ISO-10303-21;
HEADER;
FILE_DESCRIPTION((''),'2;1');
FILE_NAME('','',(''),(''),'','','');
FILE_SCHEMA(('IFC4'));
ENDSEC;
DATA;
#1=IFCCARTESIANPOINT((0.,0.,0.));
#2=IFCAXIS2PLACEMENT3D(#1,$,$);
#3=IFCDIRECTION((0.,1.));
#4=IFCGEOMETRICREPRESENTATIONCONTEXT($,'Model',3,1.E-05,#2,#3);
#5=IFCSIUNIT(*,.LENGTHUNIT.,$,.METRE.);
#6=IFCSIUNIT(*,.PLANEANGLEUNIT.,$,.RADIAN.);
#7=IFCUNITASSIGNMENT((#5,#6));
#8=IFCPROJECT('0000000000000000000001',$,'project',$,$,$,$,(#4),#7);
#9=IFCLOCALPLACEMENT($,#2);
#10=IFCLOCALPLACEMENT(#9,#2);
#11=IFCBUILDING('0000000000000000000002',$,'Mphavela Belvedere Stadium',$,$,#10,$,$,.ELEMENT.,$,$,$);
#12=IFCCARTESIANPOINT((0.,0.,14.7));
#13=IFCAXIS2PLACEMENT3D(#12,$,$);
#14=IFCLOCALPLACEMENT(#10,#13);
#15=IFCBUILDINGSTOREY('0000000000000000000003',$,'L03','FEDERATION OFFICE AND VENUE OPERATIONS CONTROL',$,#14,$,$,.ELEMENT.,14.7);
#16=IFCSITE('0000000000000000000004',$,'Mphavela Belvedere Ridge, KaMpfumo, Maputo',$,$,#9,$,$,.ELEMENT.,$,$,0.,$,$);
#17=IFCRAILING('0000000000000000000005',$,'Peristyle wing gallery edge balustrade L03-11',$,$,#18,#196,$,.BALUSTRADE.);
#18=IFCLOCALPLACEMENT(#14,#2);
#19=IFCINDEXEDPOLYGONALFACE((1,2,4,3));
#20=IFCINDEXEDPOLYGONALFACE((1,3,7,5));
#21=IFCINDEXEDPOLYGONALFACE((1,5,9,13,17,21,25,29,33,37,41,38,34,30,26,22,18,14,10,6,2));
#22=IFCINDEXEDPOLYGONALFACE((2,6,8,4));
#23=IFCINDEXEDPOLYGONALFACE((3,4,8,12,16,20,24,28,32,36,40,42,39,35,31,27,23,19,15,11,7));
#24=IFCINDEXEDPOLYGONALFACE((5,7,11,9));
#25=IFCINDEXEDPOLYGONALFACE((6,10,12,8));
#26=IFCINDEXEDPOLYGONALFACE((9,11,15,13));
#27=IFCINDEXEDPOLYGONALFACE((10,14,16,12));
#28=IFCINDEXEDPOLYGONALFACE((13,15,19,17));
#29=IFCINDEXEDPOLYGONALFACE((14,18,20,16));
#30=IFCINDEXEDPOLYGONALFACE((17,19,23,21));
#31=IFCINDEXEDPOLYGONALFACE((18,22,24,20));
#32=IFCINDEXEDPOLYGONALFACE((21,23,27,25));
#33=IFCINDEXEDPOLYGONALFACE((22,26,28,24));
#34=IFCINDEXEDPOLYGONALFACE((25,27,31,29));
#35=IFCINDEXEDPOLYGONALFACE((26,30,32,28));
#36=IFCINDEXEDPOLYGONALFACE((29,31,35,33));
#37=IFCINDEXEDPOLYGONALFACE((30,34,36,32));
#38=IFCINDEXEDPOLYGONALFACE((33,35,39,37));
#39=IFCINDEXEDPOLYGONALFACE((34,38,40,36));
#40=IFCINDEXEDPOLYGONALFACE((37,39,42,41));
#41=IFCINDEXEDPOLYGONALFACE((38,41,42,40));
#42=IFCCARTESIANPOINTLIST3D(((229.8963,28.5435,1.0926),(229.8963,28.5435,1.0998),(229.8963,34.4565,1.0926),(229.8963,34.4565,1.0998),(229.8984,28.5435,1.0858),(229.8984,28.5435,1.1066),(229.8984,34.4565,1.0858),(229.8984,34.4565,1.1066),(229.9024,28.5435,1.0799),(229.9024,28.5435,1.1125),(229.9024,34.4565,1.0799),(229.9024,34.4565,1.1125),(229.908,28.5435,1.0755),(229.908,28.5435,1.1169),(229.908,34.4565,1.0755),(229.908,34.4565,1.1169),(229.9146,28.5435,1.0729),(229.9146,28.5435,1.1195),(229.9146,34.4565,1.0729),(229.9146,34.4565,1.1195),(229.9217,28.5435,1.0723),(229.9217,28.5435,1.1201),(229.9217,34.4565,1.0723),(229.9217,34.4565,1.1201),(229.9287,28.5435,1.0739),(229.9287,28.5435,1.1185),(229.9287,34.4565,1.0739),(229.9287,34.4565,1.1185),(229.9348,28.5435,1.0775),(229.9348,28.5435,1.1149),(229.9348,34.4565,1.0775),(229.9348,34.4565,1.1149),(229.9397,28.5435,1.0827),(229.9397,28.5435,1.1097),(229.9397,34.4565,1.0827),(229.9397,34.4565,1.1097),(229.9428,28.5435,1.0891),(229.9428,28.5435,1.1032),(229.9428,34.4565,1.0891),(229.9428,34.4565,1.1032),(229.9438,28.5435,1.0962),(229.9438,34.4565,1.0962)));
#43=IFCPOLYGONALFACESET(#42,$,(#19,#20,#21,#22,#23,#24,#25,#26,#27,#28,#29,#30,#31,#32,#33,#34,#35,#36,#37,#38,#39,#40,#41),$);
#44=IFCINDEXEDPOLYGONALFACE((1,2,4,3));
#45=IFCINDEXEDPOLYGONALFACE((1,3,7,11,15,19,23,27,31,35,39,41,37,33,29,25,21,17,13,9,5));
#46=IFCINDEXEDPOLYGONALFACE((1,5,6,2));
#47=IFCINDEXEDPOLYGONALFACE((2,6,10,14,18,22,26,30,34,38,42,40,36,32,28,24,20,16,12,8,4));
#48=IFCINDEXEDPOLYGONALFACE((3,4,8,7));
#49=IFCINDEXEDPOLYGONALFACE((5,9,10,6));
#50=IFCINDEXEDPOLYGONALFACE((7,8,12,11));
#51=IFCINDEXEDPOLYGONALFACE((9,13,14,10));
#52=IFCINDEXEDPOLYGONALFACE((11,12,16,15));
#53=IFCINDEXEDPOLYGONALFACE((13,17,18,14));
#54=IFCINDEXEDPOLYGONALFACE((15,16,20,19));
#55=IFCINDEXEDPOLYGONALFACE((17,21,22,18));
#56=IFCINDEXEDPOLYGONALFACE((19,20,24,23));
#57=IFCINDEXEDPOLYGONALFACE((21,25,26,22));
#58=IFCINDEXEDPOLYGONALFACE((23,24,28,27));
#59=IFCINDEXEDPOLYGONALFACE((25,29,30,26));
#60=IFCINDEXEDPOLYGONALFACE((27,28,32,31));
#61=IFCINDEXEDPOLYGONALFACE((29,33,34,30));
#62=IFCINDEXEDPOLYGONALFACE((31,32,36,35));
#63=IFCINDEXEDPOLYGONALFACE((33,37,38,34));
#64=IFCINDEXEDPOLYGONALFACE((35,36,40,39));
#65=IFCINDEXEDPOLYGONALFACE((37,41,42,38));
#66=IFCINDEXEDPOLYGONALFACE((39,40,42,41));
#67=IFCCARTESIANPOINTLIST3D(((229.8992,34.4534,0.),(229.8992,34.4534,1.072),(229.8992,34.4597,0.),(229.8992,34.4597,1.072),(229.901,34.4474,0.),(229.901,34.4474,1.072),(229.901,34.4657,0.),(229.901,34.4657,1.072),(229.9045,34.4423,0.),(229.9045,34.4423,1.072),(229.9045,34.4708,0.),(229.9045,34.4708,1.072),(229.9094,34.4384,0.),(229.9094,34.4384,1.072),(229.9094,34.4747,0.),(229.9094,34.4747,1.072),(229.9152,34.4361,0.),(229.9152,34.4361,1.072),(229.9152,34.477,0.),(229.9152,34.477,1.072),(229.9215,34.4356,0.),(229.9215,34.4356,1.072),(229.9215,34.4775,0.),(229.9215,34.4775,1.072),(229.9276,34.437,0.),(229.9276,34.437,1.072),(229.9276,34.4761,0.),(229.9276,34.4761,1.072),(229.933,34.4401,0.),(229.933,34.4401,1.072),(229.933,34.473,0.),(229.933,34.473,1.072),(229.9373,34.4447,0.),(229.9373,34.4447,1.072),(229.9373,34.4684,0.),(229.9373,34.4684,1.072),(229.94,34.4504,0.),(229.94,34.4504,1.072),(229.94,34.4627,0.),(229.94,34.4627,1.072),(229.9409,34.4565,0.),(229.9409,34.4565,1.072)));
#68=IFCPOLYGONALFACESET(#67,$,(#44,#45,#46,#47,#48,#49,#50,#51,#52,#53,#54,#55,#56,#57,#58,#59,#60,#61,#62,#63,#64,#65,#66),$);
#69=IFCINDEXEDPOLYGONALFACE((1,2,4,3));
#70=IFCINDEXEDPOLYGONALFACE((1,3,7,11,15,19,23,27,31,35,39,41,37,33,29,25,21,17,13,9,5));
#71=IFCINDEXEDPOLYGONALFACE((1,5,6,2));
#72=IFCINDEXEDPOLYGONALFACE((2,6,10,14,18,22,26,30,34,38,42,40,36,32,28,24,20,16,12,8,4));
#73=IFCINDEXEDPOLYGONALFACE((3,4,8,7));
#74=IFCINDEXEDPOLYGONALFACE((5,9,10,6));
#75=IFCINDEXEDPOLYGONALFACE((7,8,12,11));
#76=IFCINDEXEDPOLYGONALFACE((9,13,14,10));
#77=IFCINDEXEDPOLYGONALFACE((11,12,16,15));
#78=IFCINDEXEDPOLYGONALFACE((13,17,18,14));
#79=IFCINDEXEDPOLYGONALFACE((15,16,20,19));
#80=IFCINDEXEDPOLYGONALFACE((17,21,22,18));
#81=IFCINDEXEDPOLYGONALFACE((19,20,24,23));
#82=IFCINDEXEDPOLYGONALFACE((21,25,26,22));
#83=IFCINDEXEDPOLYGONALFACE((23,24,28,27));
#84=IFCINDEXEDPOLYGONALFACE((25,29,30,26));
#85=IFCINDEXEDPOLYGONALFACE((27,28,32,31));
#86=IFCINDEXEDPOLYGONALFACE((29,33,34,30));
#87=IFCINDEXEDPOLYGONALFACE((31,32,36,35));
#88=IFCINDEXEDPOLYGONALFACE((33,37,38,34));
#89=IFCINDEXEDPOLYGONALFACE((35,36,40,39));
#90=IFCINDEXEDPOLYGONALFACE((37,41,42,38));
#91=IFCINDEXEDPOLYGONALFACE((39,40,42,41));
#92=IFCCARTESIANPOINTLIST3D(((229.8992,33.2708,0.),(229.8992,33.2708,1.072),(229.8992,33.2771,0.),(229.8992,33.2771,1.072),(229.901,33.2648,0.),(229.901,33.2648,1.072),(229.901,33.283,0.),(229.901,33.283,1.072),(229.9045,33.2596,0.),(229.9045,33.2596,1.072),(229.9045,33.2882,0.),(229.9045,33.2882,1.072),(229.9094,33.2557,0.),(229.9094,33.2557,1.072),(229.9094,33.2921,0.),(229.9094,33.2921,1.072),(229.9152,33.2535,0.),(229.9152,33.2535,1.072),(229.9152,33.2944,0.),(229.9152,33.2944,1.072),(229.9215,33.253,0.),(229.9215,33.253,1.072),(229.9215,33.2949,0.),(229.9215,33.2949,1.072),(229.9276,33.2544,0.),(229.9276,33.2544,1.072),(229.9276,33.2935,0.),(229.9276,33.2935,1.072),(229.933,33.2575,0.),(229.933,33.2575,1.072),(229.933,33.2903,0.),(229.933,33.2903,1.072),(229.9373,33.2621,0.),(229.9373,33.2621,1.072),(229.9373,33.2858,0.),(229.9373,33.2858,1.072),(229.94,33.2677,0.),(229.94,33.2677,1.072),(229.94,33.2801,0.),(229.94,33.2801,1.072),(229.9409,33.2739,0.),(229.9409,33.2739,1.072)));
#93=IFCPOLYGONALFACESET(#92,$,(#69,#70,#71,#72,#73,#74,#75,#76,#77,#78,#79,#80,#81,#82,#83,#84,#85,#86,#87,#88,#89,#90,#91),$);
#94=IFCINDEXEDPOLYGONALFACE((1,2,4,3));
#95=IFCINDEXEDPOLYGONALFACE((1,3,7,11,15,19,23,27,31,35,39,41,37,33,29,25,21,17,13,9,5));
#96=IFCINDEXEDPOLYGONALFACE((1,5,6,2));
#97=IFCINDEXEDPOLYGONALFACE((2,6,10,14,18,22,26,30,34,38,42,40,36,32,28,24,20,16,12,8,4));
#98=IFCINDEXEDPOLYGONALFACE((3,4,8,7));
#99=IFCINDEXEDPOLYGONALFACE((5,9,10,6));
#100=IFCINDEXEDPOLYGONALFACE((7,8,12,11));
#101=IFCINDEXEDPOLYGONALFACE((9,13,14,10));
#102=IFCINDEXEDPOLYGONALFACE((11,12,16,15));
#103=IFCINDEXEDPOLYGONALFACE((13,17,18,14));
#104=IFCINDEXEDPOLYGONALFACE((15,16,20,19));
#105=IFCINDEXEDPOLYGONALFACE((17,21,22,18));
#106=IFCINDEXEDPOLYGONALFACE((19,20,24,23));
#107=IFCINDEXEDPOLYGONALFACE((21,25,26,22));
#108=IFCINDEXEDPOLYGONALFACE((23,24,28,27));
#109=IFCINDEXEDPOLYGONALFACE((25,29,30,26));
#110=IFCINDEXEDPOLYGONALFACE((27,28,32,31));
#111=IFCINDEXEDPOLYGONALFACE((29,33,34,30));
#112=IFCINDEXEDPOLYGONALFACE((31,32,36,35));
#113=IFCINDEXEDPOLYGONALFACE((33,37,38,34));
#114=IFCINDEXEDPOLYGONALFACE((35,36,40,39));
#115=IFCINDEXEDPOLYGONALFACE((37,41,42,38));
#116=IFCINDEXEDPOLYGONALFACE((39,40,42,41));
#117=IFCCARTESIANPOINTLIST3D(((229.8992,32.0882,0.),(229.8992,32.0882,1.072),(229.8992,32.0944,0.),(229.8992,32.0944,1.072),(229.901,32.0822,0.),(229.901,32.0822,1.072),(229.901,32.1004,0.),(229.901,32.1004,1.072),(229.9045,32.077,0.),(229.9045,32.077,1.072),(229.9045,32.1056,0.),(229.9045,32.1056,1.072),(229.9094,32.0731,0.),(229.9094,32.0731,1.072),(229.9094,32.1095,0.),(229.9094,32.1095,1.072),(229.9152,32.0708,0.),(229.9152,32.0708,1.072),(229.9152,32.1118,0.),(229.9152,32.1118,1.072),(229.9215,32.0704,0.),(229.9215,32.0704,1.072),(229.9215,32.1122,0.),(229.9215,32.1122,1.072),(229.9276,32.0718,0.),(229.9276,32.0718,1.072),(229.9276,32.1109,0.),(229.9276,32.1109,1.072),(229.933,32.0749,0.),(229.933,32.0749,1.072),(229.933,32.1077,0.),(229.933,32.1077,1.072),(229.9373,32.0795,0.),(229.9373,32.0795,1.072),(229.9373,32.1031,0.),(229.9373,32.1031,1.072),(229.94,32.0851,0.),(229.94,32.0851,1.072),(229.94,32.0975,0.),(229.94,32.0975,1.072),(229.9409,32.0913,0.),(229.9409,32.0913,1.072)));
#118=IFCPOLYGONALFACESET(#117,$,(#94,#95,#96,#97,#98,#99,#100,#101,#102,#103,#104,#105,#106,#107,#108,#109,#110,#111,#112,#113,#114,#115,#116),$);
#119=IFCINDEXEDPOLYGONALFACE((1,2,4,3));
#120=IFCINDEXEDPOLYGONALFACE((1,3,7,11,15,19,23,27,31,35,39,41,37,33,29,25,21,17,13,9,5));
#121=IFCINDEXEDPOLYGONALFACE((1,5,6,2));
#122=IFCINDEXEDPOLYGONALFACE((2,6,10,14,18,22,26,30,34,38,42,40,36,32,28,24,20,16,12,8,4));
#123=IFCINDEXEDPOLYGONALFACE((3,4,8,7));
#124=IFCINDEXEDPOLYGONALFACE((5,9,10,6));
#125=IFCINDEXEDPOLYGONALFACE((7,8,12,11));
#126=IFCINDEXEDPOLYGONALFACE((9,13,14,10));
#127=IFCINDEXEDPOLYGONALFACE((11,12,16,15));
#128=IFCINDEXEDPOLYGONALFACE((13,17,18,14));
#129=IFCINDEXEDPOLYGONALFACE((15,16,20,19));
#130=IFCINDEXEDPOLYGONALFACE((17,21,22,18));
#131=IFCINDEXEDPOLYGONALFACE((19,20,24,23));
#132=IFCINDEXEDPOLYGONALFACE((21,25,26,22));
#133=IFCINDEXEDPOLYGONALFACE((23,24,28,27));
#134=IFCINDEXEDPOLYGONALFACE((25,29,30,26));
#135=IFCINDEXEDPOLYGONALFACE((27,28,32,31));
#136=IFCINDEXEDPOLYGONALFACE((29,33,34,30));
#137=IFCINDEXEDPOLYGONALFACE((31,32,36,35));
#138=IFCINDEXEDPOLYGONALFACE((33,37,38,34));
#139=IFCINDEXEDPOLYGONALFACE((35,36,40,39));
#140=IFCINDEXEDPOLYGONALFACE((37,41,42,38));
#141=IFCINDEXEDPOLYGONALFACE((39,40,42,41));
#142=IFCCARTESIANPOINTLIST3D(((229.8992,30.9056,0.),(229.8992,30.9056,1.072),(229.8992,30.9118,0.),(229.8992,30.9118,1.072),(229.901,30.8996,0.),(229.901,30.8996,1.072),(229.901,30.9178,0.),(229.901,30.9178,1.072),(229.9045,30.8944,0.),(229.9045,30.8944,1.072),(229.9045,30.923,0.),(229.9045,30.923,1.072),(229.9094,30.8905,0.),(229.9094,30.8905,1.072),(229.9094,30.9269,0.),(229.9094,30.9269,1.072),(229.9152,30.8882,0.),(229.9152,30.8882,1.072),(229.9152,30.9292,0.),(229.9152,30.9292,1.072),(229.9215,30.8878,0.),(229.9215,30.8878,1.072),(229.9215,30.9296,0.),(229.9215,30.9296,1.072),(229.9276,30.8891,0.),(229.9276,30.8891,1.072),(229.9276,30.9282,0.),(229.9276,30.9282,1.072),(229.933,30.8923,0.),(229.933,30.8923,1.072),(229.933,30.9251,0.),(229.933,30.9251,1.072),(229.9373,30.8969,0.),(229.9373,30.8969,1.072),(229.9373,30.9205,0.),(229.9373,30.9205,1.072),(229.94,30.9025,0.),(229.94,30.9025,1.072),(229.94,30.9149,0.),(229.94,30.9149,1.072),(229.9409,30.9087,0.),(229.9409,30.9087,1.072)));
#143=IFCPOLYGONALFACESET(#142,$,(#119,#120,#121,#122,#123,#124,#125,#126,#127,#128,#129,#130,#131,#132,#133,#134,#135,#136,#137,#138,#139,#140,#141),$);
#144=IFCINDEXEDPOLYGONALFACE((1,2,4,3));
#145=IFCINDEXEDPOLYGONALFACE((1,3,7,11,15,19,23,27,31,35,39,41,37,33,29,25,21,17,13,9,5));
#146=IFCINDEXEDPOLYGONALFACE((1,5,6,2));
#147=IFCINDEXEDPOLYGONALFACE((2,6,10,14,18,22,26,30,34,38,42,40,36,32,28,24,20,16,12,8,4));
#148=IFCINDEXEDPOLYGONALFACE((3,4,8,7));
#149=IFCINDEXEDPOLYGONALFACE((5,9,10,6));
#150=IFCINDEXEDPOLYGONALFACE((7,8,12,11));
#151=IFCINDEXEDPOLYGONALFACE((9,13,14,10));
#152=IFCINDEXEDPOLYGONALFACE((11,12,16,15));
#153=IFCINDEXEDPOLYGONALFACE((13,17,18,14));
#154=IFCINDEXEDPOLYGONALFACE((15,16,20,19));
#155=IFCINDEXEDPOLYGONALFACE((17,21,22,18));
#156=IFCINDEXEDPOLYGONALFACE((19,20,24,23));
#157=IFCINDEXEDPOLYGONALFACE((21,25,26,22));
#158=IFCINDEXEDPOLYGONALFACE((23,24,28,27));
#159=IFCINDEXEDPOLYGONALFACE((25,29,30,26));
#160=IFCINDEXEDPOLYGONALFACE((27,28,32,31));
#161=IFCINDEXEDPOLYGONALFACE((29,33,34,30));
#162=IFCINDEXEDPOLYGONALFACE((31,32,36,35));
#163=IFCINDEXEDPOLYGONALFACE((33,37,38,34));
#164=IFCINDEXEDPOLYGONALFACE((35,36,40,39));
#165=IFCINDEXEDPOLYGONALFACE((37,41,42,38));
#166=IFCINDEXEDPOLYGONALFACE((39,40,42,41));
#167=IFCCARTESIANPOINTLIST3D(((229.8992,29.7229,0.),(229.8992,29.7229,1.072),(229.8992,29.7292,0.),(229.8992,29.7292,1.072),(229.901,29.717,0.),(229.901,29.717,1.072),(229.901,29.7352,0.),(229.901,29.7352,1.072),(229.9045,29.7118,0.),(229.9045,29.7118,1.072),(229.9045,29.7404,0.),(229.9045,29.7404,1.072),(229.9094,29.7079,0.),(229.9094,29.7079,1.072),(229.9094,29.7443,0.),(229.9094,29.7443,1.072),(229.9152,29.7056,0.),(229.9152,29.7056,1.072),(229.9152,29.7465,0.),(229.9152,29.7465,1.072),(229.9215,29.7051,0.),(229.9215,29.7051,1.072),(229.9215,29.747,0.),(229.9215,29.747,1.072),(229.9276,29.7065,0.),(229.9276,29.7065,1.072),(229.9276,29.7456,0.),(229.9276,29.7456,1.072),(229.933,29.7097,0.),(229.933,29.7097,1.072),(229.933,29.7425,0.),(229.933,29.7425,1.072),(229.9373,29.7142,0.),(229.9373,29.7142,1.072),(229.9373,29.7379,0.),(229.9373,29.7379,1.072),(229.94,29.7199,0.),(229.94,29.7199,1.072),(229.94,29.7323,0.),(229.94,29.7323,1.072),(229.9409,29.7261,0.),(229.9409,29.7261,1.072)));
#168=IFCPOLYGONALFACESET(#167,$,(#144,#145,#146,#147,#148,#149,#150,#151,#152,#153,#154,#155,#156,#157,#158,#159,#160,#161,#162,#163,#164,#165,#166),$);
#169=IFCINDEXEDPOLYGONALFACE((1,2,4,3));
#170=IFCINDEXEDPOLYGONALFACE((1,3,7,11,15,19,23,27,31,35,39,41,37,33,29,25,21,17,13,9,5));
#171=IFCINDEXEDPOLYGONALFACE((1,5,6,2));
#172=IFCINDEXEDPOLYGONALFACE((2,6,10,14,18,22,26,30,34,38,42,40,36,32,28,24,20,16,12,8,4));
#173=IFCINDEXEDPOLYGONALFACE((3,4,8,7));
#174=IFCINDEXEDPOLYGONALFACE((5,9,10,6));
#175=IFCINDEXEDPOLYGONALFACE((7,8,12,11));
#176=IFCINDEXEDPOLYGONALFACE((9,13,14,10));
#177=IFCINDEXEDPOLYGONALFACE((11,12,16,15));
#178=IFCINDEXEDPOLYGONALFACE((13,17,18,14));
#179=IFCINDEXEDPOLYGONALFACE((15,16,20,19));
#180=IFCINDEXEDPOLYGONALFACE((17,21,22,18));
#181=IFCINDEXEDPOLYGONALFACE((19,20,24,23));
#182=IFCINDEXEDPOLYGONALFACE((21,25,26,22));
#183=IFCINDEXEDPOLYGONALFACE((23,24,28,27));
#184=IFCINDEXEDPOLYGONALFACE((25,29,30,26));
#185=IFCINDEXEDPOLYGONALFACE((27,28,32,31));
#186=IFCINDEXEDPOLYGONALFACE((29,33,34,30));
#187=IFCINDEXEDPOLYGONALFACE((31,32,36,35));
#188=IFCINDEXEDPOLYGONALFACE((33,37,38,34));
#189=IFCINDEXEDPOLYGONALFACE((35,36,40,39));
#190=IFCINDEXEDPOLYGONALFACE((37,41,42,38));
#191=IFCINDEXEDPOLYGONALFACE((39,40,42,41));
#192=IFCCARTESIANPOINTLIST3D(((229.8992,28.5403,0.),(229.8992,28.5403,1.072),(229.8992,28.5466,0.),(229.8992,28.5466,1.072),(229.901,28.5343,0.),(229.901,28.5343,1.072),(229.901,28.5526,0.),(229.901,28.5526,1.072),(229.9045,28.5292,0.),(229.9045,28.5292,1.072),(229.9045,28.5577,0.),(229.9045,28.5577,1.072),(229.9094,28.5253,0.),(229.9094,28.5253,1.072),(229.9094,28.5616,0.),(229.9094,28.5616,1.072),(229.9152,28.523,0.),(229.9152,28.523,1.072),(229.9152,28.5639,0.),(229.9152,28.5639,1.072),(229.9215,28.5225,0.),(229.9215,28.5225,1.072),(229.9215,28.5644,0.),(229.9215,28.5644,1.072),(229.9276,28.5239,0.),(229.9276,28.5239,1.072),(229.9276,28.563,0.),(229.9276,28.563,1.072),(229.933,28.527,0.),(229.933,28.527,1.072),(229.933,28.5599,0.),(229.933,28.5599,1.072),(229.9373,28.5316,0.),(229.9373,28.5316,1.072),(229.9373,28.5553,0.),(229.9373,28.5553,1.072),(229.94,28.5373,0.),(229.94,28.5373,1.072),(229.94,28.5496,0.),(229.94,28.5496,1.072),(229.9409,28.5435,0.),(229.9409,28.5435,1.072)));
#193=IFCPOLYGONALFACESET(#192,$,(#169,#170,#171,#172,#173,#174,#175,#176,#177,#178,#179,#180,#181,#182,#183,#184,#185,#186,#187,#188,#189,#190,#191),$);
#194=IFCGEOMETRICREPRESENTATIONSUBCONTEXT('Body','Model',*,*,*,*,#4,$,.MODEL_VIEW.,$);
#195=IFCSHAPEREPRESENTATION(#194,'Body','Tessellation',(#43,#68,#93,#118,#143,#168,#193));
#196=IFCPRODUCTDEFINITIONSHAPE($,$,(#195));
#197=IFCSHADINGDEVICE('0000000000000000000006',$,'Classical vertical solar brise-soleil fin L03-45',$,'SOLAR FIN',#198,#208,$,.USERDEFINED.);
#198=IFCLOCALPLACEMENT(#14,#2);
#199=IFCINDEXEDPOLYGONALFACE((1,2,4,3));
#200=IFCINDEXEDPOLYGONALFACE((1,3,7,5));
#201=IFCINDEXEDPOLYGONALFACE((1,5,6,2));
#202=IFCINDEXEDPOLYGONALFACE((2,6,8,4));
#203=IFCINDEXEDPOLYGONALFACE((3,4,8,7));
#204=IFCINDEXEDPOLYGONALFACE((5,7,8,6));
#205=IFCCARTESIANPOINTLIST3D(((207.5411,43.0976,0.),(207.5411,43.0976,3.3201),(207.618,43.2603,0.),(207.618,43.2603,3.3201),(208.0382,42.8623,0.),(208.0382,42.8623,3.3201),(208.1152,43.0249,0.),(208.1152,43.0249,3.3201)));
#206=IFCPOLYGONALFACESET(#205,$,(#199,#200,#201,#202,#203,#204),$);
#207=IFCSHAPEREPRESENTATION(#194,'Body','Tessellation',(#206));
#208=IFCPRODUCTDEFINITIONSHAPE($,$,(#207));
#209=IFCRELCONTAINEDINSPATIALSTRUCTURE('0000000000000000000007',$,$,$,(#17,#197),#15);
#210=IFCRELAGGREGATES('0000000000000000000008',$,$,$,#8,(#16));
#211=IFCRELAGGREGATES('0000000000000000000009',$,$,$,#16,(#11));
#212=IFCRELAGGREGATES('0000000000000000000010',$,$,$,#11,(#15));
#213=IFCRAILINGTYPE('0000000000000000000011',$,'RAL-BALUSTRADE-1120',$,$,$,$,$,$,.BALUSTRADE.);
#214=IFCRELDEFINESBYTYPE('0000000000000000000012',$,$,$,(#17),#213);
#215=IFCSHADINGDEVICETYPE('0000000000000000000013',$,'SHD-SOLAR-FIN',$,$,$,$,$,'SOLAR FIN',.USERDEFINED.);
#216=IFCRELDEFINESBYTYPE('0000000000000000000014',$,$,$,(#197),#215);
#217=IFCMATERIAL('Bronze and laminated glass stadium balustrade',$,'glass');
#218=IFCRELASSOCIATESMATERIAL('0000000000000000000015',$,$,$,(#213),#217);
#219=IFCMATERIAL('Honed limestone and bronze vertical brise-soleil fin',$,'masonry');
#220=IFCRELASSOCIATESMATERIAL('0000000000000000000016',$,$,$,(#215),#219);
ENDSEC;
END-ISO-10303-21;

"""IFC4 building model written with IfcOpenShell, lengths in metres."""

from ifc_helpers import new_model, si_unit, direction, frame, origin, origin_2d, place, context, subcontext, project, spatial, rectangle, circle, extrude, material, type_object, element, save


model = new_model("IFC4")

# Units and contexts
model_context = context("Model", 3, precision=1e-05, world=origin(), true_north=direction((0.0, 1.0)))
body_context = subcontext(model_context, "Body", "Model", "MODEL_VIEW")
ifc_project = project(units=[si_unit("LENGTHUNIT", "METRE"), si_unit("PLANEANGLEUNIT", "RADIAN")], contexts=[model_context])

# Site, building, storey
site_placement = place(None, origin())
site = spatial("IfcSite", under=ifc_project, at=site_placement, Name="Mphavela Belvedere Ridge, KaMpfumo, Maputo", CompositionType="ELEMENT", RefElevation=0.0)
building_placement = place(site_placement, origin())
building = spatial("IfcBuilding", under=site, at=building_placement, Name="Mphavela Belvedere Stadium", CompositionType="ELEMENT")
storey_placement = place(building_placement, frame((0.0, 0.0, 14.7)))
storey = spatial("IfcBuildingStorey", under=building, at=storey_placement, Name="L03", Description="FEDERATION OFFICE AND VENUE OPERATIONS CONTROL", CompositionType="ELEMENT", Elevation=14.7)

# Railing
ifc_material_1 = material(Name="Bronze and laminated glass stadium balustrade", Category="glass")
railing_type = type_object("IfcRailingType", Name="RAL-BALUSTRADE-1120", PredefinedType="BALUSTRADE", material=ifc_material_1)
for number, where, name in (
    (1, (229.9199, 34.4565, 0.0), "Peristyle wing gallery edge balustrade L03-11"),
):
    element("IfcRailing", number, at=place(storey_placement, frame(where)), inside=storey, type_object=railing_type, Name=name, PredefinedType="BALUSTRADE", context=body_context, shape_type="SweptSolid", body=[
        extrude(circle(Radius=0.0239, at=origin_2d()), frame((0.0, 0.0, 1.0962), z_axis=(0.0, -1.0, 0.0), x_axis=(1.0, 0.0, 0.0)), (0.0, 0.0, 1.0), 5.9131),
        extrude(circle(Radius=0.021, at=origin_2d()), origin(), (0.0, 0.0, 1.0), 1.072),
        extrude(circle(Radius=0.021, at=origin_2d()), frame((0.0, -1.1826, 0.0)), (0.0, 0.0, 1.0), 1.072),
        extrude(circle(Radius=0.021, at=origin_2d()), frame((0.0, -2.3652, 0.0)), (0.0, 0.0, 1.0), 1.072),
        extrude(circle(Radius=0.021, at=origin_2d()), frame((0.0, -3.5479, 0.0)), (0.0, 0.0, 1.0), 1.072),
        extrude(circle(Radius=0.021, at=origin_2d()), frame((0.0, -4.7305, 0.0)), (0.0, 0.0, 1.0), 1.072),
        extrude(circle(Radius=0.021, at=origin_2d()), frame((0.0, -5.9131, 0.0)), (0.0, 0.0, 1.0), 1.072),
    ])

# Shading device
ifc_material_2 = material(Name="Honed limestone and bronze vertical brise-soleil fin", Category="masonry")
shading_device_type = type_object("IfcShadingDeviceType", Name="SHD-SOLAR-FIN", ElementType="SOLAR FIN", PredefinedType="USERDEFINED", material=ifc_material_2)
shading_device_placement = place(storey_placement, frame((207.8281, 43.0613, 0.0), z_axis=(0.0, 0.0, 1.0), x_axis=(0.903859, -0.427831, 0.0)))
element("IfcShadingDevice", 2, at=shading_device_placement, inside=storey, type_object=shading_device_type, Name="Classical vertical solar brise-soleil fin L03-45", ObjectType="SOLAR FIN", PredefinedType="USERDEFINED", context=body_context, shape_type="SweptSolid", body=[
    extrude(rectangle(XDim=0.55, YDim=0.1799, at=origin_2d()), origin(), (0.0, 0.0, 1.0), 3.3201),
])

save(model, "model.ifc")
